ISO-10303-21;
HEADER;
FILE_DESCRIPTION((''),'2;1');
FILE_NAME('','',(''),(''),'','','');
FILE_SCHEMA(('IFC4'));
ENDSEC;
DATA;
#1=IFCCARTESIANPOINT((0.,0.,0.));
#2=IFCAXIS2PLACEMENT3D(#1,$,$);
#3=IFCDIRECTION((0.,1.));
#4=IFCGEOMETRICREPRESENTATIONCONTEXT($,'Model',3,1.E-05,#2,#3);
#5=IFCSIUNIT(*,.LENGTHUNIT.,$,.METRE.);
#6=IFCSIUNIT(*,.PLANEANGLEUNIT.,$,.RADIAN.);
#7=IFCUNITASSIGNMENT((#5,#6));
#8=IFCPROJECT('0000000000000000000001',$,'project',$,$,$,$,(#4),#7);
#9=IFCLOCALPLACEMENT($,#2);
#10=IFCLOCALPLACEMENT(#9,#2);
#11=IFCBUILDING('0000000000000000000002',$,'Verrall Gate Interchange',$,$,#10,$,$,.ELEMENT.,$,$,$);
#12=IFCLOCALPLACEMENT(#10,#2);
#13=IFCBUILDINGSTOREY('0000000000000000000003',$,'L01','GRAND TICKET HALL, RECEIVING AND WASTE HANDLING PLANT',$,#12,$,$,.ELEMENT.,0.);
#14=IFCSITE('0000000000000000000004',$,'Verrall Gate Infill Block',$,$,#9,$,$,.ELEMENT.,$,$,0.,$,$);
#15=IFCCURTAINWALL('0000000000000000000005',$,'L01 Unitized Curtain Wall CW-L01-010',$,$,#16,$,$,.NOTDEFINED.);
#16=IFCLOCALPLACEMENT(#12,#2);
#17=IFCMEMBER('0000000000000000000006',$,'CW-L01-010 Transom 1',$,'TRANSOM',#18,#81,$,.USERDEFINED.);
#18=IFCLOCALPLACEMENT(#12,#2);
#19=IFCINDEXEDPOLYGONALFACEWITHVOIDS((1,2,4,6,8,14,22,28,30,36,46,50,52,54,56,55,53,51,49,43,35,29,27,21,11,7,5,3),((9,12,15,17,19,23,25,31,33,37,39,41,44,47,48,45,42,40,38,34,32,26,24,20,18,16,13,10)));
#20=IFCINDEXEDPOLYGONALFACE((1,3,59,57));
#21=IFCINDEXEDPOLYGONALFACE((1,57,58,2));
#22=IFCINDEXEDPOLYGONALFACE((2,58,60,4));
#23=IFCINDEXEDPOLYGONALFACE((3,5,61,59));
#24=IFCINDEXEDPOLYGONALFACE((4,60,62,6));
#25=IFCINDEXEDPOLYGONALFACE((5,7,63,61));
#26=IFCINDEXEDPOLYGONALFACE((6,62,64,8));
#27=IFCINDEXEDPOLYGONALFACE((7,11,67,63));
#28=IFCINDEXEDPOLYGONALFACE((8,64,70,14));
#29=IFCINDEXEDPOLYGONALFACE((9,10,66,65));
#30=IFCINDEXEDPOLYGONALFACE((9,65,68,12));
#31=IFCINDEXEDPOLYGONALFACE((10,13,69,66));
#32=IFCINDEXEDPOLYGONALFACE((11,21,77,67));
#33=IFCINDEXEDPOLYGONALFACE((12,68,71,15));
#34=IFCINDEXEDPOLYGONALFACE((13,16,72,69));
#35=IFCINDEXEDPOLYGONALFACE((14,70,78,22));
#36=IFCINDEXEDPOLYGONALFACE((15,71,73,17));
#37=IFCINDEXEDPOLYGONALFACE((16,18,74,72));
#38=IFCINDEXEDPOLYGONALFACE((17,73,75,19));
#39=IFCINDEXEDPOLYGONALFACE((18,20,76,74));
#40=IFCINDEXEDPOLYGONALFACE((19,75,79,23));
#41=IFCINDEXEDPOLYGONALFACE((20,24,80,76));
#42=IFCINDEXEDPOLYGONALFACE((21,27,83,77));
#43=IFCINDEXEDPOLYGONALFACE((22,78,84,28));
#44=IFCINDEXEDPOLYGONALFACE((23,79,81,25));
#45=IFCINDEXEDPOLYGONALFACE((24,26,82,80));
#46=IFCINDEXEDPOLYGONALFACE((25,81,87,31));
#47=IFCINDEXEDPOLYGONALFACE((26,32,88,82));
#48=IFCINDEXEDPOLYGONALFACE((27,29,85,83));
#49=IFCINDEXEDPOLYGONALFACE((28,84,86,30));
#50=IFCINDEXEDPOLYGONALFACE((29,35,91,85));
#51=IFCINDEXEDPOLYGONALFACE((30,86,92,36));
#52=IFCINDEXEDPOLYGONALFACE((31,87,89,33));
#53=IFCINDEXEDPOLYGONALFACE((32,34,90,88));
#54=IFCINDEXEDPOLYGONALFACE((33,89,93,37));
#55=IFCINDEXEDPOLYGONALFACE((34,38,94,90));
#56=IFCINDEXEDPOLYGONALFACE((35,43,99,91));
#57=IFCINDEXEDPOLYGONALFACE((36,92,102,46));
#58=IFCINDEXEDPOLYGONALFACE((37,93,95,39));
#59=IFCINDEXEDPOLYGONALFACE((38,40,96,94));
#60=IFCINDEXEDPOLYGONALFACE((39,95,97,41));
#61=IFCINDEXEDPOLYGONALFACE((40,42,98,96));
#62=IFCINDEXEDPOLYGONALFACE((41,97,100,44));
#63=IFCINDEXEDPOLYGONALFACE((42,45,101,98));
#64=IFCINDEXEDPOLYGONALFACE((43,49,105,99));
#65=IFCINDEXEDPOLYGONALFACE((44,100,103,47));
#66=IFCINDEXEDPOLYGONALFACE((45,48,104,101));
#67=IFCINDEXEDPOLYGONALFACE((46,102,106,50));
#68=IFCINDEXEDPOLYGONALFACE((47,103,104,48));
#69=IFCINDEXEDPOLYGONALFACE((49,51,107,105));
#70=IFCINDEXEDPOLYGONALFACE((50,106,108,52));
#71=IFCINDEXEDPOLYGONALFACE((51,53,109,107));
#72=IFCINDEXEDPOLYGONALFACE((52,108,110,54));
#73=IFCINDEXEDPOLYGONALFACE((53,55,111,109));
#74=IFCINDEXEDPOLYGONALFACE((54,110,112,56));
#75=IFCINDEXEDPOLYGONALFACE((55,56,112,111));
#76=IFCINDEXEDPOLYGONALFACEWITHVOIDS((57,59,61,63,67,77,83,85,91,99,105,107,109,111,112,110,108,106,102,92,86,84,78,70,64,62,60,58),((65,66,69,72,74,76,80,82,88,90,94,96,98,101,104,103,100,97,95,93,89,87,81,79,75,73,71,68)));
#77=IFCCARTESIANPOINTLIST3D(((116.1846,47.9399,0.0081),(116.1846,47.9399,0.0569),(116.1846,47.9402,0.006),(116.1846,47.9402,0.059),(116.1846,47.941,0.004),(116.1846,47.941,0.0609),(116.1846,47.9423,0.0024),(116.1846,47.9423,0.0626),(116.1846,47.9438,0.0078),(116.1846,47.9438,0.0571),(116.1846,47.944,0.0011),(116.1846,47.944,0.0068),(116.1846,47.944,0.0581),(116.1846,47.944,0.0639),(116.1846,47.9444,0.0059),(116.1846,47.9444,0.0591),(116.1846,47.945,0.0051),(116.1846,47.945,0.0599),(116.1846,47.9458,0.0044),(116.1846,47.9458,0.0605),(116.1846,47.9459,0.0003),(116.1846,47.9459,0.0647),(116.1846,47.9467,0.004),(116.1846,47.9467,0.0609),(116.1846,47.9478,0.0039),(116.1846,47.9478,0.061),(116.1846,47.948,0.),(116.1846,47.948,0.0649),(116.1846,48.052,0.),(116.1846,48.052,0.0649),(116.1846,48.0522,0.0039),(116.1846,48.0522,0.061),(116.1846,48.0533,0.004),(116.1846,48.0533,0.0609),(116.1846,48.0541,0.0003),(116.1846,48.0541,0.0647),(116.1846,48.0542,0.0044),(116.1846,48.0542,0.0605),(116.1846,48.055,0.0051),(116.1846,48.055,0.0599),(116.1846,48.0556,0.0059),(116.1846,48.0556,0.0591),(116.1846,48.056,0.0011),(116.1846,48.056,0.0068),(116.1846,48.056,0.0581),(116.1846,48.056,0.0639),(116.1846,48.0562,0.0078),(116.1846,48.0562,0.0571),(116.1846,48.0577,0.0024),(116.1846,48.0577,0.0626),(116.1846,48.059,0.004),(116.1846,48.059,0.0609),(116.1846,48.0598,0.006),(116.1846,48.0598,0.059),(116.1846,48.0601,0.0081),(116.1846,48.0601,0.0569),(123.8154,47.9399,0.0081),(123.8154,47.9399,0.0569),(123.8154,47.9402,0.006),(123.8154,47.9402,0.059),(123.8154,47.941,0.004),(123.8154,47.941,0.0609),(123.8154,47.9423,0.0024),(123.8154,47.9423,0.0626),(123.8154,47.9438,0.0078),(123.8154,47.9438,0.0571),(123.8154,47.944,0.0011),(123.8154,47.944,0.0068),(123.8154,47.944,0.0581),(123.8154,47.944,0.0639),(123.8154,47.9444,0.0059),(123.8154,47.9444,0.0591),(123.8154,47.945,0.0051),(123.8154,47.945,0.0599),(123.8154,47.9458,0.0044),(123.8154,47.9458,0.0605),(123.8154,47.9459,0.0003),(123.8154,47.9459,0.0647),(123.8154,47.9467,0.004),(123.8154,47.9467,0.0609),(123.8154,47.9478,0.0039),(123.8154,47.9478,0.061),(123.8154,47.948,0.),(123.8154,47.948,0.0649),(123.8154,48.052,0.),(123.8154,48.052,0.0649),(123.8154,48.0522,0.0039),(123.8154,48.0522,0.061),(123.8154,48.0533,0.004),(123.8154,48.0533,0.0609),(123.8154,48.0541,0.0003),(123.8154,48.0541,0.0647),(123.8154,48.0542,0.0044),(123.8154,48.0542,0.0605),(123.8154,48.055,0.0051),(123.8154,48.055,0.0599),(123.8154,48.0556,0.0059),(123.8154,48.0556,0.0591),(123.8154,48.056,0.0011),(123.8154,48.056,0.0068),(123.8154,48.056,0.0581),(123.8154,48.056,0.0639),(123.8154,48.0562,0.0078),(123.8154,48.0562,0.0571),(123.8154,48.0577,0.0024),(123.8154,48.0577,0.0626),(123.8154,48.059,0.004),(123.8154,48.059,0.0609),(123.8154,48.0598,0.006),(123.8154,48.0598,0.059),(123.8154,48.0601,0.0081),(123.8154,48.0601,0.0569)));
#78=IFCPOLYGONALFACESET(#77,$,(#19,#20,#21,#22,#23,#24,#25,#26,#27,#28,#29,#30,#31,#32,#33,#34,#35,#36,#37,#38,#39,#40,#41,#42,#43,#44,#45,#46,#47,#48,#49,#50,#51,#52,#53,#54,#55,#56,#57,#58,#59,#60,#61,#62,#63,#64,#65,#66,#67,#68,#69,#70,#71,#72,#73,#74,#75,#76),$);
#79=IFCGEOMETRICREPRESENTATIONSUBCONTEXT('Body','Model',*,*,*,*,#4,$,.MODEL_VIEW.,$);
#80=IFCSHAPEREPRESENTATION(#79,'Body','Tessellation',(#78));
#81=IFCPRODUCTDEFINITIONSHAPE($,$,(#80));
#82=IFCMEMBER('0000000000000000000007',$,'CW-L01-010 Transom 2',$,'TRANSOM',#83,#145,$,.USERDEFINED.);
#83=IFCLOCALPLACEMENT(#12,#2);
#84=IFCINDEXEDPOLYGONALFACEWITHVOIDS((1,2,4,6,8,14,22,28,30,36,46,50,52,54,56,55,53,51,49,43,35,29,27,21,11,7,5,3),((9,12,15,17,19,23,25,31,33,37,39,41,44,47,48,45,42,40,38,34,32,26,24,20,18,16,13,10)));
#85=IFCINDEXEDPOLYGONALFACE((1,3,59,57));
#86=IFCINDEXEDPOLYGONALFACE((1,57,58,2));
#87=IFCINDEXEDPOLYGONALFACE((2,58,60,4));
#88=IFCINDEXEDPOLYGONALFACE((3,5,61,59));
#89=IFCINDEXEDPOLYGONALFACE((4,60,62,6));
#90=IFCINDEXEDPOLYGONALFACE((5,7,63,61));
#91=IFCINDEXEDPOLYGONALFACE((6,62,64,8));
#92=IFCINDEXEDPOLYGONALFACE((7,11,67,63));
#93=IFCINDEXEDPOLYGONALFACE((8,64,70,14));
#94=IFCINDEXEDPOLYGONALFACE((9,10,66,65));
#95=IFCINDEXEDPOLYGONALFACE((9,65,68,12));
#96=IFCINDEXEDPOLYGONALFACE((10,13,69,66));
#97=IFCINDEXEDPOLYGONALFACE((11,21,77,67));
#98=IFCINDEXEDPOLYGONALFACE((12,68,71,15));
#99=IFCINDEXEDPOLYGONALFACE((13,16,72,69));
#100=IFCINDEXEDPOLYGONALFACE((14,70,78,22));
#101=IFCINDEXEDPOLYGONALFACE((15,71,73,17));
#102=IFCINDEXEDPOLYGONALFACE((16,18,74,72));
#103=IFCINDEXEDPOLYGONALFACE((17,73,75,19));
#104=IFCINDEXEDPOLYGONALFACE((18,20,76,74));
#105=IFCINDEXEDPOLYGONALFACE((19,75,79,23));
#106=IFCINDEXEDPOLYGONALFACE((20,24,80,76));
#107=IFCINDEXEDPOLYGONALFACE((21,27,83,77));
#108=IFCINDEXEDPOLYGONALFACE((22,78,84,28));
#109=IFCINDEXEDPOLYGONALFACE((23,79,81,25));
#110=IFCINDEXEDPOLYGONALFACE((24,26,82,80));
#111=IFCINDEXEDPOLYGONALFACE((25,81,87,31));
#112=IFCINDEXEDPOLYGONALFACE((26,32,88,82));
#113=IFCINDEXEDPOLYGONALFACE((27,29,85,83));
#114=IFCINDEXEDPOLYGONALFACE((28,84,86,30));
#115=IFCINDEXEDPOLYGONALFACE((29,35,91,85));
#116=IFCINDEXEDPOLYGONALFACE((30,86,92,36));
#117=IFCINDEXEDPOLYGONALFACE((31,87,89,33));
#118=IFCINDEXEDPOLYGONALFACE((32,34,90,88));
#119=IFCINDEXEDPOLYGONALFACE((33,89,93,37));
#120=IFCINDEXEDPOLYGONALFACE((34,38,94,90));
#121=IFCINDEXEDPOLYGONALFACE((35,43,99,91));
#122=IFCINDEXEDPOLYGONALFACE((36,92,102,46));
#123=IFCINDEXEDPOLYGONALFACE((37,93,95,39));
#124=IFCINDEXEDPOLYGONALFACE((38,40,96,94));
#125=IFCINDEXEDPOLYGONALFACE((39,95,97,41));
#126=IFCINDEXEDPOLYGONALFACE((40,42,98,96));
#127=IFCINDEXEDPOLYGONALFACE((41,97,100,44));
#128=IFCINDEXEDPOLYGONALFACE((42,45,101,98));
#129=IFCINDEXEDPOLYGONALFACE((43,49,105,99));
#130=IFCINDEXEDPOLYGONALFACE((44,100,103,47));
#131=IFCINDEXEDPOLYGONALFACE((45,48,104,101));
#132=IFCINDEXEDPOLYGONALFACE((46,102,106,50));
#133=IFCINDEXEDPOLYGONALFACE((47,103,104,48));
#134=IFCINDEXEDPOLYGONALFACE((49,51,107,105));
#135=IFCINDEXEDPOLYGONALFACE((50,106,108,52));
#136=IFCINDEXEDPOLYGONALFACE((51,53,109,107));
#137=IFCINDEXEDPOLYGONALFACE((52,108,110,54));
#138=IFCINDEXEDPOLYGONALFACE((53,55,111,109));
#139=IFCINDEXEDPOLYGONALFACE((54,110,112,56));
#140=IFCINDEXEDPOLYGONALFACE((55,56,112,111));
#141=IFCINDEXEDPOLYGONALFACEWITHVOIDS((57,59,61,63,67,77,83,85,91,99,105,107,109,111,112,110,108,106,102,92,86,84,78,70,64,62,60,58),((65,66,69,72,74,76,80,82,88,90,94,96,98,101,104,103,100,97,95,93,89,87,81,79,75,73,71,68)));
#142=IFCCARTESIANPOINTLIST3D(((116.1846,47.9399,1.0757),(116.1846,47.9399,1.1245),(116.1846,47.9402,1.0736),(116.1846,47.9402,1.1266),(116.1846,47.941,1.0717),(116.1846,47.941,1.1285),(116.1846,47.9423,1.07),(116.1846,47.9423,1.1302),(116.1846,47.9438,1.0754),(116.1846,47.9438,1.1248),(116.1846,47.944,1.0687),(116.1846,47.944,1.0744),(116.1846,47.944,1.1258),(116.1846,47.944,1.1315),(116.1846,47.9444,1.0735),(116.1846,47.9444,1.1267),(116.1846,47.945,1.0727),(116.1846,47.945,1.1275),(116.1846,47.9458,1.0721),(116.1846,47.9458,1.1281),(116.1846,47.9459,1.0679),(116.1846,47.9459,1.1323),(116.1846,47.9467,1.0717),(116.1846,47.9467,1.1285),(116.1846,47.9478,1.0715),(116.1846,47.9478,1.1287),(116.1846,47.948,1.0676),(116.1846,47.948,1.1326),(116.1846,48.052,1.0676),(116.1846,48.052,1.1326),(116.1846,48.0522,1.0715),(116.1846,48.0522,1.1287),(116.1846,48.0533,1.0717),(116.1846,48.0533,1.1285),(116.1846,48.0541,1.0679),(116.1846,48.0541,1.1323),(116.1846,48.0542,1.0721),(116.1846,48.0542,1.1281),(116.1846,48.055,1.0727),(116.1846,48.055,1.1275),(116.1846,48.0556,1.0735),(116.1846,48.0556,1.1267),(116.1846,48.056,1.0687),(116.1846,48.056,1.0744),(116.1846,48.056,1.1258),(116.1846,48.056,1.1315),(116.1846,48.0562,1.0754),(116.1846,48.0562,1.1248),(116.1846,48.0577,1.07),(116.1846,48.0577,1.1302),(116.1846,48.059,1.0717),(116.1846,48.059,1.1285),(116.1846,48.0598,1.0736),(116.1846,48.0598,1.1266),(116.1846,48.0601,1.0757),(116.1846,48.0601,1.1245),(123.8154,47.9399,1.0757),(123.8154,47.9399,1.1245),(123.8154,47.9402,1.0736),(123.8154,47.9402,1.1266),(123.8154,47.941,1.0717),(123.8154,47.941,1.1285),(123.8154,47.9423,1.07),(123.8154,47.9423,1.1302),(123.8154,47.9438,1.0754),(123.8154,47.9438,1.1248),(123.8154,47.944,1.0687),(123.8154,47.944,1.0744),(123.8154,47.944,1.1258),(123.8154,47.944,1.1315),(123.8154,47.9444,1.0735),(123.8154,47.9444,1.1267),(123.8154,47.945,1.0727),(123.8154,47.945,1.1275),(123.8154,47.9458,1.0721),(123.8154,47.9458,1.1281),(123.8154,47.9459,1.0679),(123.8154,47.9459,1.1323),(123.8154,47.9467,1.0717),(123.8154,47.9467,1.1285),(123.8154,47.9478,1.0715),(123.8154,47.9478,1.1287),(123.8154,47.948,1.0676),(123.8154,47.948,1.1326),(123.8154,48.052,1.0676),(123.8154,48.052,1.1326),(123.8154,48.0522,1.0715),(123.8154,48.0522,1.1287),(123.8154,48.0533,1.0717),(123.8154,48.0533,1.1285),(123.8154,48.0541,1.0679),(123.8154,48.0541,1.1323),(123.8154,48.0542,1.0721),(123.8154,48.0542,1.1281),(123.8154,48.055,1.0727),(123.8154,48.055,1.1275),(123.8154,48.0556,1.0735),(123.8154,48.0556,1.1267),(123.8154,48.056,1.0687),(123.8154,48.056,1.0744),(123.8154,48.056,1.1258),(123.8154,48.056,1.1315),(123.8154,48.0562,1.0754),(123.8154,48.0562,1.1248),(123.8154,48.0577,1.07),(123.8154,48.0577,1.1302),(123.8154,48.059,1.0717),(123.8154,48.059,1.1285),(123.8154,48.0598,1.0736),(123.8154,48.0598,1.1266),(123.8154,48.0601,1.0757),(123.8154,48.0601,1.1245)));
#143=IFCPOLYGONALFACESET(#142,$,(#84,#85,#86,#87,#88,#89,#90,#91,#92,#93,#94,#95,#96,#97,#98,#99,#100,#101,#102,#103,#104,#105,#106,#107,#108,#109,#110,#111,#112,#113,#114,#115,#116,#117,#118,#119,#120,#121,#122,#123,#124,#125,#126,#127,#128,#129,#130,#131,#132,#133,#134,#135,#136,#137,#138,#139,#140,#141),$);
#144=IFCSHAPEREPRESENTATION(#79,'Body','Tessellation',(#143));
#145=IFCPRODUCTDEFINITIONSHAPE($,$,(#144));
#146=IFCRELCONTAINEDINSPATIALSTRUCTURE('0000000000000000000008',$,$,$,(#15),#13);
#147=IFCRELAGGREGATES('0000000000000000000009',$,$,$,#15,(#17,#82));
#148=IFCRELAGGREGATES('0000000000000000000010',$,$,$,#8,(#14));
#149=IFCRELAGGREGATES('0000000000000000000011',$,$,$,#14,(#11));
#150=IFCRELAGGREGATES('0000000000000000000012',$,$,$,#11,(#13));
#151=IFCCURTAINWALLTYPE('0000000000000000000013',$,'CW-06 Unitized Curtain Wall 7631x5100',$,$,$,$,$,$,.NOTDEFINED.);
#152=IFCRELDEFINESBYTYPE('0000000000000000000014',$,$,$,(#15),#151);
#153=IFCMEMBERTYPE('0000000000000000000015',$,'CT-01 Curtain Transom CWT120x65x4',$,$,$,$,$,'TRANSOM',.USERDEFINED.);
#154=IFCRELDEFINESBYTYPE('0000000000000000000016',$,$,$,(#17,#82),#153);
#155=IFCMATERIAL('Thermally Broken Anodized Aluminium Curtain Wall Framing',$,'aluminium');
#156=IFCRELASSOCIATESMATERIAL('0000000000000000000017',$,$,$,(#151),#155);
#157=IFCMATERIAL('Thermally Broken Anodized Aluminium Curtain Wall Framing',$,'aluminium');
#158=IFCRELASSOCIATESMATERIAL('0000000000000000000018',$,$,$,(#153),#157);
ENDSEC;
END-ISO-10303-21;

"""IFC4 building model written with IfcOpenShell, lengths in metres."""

from ifc_helpers import new_model, si_unit, direction, frame, origin, origin_2d, place, context, subcontext, project, spatial, hollow_rectangle, extrude, material, material_profile, profile_set, type_object, element, aggregate, save


model = new_model("IFC4")

# Units and contexts
model_context = context("Model", 3, precision=1e-05, world=origin(), true_north=direction((0.0, 1.0)))
body_context = subcontext(model_context, "Body", "Model", "MODEL_VIEW")
ifc_project = project(units=[si_unit("LENGTHUNIT", "METRE"), si_unit("PLANEANGLEUNIT", "RADIAN")], contexts=[model_context])

# Site, building, storey
site_placement = place(None, origin())
site = spatial("IfcSite", under=ifc_project, at=site_placement, Name="Verrall Gate Infill Block", CompositionType="ELEMENT", RefElevation=0.0)
building_placement = place(site_placement, origin())
building = spatial("IfcBuilding", under=site, at=building_placement, Name="Verrall Gate Interchange", CompositionType="ELEMENT")
storey_placement = place(building_placement, origin())
storey = spatial("IfcBuildingStorey", under=building, at=storey_placement, Name="L01", Description="GRAND TICKET HALL, RECEIVING AND WASTE HANDLING PLANT", CompositionType="ELEMENT", Elevation=0.0)

# Curtain wall, members
ifc_material_1 = material(Name="Thermally Broken Anodized Aluminium Curtain Wall Framing", Category="aluminium")
curtain_wall_type = type_object("IfcCurtainWallType", Name="CW-06 Unitized Curtain Wall 7631x5100", PredefinedType="NOTDEFINED", material=ifc_material_1)
curtain_wall_1_placement = place(storey_placement, origin())
curtain_wall_1 = element("IfcCurtainWall", 1, at=curtain_wall_1_placement, inside=storey, type_object=curtain_wall_type, Name="L01 Unitized Curtain Wall CW-L01-010", PredefinedType="NOTDEFINED")
ifc_material_2 = material(Name="Thermally Broken Anodized Aluminium Curtain Wall Framing", Category="aluminium")
ifc_material_profile_1 = material_profile(ifc_material_2, hollow_rectangle(XDim=0.1201, YDim=0.0649, WallThickness=0.0039, InnerFilletRadius=0.0039, OuterFilletRadius=0.0081, at=origin_2d()), Name="CWT120x65x4")
ifc_profile_set_1 = profile_set([ifc_material_profile_1], Name="Thermally Broken Anodized Aluminium Curtain Wall Framing")
member_type_1 = type_object("IfcMemberType", Name="CT-01 Curtain Transom CWT120x65x4", ElementType="TRANSOM", PredefinedType="USERDEFINED", material=ifc_profile_set_1)
member_1_placement = place(storey_placement, frame((116.1846, 48.0, 0.0325), z_axis=(1.0, 0.0, 0.0), x_axis=(0.0, 1.0, 0.0)))
member_1 = element("IfcMember", 2, at=member_1_placement, type_object=member_type_1, Name="CW-L01-010 Transom 1", ObjectType="TRANSOM", PredefinedType="USERDEFINED", context=body_context, shape_type="SweptSolid", body=[
    extrude(hollow_rectangle(XDim=0.1201, YDim=0.0649, WallThickness=0.0039, InnerFilletRadius=0.0039, OuterFilletRadius=0.0081, at=origin_2d()), origin(), (0.0, 0.0, 1.0), 7.6309),
])
member_2_placement = place(storey_placement, frame((116.1846, 48.0, 1.1001), z_axis=(1.0, 0.0, 0.0), x_axis=(0.0, 1.0, 0.0)))
member_2 = element("IfcMember", 3, at=member_2_placement, type_object=member_type_1, Name="CW-L01-010 Transom 2", ObjectType="TRANSOM", PredefinedType="USERDEFINED", context=body_context, shape_type="SweptSolid", body=[
    extrude(hollow_rectangle(XDim=0.1201, YDim=0.0649, WallThickness=0.0039, InnerFilletRadius=0.0039, OuterFilletRadius=0.0081, at=origin_2d()), origin(), (0.0, 0.0, 1.0), 7.6309),
])
aggregate(curtain_wall_1, [member_1, member_2])

save(model, "model.ifc")
